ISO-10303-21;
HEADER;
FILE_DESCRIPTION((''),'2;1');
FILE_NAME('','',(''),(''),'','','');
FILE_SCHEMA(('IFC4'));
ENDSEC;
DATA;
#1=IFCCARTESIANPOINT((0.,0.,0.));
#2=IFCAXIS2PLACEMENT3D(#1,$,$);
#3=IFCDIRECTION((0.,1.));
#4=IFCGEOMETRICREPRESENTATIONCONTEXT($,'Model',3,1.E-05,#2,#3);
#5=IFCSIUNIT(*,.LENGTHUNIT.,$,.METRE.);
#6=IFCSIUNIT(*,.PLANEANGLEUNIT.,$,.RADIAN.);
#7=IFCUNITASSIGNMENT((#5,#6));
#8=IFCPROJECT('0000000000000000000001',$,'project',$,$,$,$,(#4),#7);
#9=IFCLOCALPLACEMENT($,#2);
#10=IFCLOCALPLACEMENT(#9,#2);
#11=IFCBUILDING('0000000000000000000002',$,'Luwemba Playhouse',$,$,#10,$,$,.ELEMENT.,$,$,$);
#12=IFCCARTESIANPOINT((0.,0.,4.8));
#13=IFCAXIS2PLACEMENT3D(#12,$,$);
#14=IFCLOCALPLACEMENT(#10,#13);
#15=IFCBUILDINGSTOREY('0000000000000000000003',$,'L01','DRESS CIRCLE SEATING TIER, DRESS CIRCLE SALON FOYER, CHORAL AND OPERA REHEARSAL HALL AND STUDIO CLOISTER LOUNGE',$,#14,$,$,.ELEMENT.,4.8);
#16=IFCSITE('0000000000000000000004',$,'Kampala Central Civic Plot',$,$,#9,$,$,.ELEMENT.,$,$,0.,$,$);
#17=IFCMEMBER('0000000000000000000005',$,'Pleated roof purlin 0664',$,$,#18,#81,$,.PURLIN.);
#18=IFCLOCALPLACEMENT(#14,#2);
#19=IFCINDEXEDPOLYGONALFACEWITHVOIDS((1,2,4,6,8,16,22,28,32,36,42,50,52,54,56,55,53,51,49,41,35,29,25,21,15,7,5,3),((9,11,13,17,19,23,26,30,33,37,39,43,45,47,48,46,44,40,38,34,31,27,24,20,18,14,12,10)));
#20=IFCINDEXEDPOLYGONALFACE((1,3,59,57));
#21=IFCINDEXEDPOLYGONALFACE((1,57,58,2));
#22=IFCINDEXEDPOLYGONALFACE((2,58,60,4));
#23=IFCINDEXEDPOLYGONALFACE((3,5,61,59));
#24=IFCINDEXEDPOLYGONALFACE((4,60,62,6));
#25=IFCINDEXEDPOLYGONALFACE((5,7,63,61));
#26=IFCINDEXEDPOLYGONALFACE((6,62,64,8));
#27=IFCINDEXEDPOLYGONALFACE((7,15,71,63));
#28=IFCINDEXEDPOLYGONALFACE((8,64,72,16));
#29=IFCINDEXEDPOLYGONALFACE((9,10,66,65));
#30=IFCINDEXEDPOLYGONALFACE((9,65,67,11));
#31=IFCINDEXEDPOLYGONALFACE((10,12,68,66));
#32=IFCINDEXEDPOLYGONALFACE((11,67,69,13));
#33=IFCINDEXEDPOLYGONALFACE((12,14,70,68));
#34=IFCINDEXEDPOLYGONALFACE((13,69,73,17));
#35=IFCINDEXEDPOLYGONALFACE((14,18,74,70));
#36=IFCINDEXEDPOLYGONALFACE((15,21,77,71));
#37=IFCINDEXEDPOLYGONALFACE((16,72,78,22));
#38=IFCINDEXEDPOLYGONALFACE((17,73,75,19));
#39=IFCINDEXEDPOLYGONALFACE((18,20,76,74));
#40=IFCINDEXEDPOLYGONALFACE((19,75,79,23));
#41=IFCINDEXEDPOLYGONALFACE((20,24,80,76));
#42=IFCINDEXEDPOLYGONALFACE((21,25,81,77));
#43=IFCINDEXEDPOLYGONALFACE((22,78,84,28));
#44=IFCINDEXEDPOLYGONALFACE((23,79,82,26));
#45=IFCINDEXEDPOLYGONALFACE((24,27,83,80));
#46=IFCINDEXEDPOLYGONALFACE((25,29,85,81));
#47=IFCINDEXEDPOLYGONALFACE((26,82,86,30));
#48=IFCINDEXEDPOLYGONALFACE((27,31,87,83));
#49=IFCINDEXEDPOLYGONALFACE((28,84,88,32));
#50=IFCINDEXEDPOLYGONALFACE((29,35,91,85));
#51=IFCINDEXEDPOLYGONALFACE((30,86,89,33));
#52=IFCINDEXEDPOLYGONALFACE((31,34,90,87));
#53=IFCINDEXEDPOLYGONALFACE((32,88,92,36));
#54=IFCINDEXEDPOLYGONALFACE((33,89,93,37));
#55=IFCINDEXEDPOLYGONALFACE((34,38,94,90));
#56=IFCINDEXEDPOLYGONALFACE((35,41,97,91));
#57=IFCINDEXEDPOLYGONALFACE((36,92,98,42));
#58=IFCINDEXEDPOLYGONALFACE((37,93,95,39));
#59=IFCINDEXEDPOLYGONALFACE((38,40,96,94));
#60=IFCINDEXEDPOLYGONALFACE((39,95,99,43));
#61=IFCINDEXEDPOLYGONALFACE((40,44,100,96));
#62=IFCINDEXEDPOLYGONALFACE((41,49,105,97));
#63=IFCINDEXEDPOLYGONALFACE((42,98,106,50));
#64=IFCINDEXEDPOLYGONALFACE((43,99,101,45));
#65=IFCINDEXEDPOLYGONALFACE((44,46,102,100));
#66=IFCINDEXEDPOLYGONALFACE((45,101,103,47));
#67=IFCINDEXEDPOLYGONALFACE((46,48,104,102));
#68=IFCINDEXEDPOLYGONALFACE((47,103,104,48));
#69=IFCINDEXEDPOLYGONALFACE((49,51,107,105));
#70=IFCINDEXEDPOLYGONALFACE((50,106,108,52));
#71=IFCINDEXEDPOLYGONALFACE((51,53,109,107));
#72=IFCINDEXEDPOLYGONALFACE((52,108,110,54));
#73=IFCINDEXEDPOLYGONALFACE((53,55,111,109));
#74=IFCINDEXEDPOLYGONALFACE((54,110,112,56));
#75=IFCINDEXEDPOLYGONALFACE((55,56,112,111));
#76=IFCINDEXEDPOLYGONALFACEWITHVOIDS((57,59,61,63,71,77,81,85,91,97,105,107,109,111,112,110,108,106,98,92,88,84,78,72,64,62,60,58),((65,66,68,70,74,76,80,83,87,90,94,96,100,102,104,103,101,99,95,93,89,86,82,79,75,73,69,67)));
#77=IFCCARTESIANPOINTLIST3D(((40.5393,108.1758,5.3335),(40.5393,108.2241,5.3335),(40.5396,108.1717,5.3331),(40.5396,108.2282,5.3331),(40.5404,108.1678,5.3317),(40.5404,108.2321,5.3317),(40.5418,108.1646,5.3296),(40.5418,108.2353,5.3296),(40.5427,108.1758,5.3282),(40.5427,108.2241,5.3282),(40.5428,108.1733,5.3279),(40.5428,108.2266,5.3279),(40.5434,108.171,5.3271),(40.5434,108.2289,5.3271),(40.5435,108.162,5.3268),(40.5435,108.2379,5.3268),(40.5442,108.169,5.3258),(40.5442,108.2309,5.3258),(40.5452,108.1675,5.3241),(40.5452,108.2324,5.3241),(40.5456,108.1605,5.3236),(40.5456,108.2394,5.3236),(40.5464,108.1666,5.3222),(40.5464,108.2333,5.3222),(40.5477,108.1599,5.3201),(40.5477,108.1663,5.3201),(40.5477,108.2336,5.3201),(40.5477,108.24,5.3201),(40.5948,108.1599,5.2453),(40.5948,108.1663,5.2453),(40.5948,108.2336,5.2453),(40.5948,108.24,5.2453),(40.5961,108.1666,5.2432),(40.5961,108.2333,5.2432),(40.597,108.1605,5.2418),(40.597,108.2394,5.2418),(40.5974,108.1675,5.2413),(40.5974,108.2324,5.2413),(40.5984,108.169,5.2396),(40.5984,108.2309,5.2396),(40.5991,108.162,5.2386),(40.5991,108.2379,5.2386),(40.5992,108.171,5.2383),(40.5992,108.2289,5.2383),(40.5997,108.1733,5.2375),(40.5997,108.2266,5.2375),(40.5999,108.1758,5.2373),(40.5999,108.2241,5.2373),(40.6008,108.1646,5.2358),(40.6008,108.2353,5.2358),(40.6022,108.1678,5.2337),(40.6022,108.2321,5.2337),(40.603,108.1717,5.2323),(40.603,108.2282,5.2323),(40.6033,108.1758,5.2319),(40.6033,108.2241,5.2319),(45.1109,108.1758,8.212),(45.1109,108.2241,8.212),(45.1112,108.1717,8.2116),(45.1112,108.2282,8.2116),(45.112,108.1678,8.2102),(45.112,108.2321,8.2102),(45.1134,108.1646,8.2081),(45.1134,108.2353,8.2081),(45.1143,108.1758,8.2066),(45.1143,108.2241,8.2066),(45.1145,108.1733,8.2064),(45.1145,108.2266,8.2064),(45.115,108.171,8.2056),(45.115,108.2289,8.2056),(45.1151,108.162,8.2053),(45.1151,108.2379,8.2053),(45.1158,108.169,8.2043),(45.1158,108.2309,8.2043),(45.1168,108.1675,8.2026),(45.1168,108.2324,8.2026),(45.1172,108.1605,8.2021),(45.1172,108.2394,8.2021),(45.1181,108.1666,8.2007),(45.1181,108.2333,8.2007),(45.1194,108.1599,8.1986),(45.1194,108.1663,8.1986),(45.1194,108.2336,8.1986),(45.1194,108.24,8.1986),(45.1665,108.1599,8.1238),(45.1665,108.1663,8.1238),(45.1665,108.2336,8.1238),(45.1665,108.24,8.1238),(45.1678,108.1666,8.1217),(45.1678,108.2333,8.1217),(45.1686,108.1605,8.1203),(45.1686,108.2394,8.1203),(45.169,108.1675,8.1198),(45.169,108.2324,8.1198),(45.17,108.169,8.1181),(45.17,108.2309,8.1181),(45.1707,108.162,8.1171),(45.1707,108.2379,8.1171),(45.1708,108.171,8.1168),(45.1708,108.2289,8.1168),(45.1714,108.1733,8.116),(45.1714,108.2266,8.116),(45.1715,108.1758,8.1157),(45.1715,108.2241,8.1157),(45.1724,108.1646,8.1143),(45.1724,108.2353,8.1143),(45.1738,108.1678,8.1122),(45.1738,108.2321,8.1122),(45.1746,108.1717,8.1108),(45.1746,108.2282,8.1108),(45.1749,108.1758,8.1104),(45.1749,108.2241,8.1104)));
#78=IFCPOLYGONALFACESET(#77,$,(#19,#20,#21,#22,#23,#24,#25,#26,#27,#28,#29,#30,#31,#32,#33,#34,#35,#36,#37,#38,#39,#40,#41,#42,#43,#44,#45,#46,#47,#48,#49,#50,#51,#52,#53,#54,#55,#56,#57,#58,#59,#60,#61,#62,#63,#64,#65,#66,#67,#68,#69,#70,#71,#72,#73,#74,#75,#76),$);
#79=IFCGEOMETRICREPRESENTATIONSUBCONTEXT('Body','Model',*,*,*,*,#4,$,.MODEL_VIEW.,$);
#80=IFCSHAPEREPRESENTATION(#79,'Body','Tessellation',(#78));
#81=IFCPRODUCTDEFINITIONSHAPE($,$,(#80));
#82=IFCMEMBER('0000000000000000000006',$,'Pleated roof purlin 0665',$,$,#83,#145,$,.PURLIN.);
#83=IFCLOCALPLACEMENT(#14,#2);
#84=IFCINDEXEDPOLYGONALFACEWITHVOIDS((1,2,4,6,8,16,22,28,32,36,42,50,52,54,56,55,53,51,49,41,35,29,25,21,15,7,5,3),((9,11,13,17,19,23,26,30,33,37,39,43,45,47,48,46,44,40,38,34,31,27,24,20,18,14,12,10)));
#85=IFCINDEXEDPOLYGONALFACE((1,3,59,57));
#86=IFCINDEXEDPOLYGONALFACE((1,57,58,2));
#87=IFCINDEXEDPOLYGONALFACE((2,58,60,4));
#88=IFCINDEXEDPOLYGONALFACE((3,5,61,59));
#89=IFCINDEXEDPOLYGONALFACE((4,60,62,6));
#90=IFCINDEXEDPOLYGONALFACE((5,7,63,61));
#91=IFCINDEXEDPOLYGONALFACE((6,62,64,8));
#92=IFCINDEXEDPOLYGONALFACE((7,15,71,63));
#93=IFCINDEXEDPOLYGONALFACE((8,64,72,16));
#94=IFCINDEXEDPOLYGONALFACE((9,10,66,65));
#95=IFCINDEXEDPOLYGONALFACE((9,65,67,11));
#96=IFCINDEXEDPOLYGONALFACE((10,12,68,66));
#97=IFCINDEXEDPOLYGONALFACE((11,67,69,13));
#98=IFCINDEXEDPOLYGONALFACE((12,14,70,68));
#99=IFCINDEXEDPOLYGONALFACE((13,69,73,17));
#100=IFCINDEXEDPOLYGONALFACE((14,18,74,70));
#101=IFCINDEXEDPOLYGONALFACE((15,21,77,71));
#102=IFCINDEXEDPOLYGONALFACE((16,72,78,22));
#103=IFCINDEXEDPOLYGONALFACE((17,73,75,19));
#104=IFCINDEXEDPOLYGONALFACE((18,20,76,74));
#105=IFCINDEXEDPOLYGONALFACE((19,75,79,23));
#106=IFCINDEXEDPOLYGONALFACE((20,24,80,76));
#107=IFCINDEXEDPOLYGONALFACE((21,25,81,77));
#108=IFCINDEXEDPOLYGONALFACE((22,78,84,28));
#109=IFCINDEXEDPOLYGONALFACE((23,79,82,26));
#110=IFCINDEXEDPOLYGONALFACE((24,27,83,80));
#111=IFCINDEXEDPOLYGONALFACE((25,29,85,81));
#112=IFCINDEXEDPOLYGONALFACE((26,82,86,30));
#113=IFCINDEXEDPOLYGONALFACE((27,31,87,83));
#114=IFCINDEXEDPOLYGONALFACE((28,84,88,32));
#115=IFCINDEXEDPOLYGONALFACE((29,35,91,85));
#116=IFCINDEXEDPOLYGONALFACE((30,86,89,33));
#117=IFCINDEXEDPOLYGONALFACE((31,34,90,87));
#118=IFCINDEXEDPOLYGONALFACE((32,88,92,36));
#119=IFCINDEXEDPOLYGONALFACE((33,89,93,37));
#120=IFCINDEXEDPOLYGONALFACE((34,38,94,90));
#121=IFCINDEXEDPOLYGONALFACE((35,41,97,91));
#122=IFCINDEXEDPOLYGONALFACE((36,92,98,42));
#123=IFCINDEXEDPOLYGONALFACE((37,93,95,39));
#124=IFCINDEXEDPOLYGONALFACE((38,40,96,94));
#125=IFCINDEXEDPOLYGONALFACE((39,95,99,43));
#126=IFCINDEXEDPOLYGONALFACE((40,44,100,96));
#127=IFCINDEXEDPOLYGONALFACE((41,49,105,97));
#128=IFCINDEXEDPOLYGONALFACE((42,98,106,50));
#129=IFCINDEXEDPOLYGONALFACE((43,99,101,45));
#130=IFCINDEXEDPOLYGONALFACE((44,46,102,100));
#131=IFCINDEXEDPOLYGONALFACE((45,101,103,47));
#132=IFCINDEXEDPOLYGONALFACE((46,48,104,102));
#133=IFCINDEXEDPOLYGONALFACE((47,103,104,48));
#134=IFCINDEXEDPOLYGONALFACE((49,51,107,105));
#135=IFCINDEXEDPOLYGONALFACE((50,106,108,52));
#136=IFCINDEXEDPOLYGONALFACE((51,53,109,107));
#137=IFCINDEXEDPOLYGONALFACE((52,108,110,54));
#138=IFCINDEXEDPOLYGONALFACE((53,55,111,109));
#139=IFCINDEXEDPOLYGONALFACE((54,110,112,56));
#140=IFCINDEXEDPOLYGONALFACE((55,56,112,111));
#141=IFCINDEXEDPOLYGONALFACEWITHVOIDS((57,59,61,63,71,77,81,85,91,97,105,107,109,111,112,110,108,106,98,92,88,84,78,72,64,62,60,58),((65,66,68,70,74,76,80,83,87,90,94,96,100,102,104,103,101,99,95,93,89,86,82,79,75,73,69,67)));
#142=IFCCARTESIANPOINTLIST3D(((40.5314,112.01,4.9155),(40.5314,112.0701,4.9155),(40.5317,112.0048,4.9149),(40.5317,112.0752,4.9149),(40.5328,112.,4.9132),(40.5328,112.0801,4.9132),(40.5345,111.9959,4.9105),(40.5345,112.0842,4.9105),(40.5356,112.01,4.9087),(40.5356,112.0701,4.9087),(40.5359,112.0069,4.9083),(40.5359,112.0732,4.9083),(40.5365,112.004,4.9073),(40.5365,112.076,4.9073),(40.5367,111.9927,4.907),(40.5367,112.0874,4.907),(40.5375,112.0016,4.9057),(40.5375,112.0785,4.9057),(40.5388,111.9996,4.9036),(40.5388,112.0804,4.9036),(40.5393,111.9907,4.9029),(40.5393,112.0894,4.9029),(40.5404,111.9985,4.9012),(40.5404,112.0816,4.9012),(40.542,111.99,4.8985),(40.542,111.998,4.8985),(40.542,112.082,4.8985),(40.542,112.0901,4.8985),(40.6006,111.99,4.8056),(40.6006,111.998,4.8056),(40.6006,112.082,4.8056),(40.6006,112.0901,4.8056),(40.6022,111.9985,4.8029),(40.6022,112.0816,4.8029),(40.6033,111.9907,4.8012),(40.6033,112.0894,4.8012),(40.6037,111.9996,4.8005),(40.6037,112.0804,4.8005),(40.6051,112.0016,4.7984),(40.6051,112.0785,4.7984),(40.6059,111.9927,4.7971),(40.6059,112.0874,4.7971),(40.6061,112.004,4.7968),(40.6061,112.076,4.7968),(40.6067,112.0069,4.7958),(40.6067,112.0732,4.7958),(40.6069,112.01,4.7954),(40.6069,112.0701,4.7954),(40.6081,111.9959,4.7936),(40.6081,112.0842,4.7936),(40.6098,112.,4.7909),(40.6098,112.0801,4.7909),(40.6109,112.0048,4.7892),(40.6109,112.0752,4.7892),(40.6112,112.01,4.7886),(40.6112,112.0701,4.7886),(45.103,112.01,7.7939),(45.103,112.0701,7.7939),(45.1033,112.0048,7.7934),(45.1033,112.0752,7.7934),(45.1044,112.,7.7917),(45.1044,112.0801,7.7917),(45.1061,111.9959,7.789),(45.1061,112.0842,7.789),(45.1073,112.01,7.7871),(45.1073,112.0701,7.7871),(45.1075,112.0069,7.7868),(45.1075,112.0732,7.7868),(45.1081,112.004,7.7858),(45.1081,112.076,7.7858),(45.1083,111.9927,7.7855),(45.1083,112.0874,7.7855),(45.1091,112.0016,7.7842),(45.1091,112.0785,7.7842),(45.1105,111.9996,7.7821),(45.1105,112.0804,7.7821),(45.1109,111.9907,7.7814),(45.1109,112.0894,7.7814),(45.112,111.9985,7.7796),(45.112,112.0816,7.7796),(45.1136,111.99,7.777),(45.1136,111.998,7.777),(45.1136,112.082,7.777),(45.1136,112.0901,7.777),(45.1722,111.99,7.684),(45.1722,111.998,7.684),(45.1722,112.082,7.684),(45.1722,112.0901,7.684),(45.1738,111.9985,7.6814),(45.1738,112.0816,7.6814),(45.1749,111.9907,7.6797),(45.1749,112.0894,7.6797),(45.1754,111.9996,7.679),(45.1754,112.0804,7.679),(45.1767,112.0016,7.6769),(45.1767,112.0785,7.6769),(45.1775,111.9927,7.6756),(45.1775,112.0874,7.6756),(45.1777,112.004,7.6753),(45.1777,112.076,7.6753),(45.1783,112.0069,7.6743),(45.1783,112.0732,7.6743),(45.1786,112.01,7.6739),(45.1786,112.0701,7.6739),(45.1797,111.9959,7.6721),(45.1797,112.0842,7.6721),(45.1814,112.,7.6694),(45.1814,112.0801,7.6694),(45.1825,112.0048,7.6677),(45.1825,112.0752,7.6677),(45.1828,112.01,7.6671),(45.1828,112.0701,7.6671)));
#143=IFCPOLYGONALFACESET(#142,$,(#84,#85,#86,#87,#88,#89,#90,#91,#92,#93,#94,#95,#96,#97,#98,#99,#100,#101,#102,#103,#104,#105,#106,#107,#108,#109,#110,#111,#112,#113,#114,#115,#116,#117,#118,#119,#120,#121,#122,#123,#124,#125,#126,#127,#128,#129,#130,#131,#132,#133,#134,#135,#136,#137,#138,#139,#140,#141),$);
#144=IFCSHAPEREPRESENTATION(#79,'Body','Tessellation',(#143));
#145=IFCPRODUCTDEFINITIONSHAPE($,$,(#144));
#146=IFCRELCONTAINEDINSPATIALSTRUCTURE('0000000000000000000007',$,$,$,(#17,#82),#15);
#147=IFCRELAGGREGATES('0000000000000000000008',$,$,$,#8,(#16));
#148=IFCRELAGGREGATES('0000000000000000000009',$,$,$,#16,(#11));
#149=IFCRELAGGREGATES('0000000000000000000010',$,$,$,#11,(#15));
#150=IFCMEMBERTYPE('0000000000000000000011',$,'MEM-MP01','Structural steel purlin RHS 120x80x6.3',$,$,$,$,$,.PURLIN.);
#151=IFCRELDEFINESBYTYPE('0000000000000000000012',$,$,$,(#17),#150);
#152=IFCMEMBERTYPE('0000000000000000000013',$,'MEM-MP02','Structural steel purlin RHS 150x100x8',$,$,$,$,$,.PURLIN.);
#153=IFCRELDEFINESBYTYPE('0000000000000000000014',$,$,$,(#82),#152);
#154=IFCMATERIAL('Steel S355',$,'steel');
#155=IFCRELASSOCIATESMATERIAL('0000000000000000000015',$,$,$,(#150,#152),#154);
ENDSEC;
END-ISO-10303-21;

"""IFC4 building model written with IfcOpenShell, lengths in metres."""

from ifc_helpers import new_model, si_unit, direction, frame, origin, origin_2d, place, context, subcontext, project, spatial, hollow_rectangle, extrude, material, material_profile, profile_set, type_object, element, save


model = new_model("IFC4")

# Units and contexts
model_context = context("Model", 3, precision=1e-05, world=origin(), true_north=direction((0.0, 1.0)))
body_context = subcontext(model_context, "Body", "Model", "MODEL_VIEW")
ifc_project = project(units=[si_unit("LENGTHUNIT", "METRE"), si_unit("PLANEANGLEUNIT", "RADIAN")], contexts=[model_context])

# Site, building, storey
site_placement = place(None, origin())
site = spatial("IfcSite", under=ifc_project, at=site_placement, Name="Kampala Central Civic Plot", CompositionType="ELEMENT", RefElevation=0.0)
building_placement = place(site_placement, origin())
building = spatial("IfcBuilding", under=site, at=building_placement, Name="Luwemba Playhouse", CompositionType="ELEMENT")
storey_placement = place(building_placement, frame((0.0, 0.0, 4.8)))
storey = spatial("IfcBuildingStorey", under=building, at=storey_placement, Name="L01", Description="DRESS CIRCLE SEATING TIER, DRESS CIRCLE SALON FOYER, CHORAL AND OPERA REHEARSAL HALL AND STUDIO CLOISTER LOUNGE", CompositionType="ELEMENT", Elevation=4.8)

# Shared definitions
ifc_material_1 = material(Name="Steel S355", Category="steel")

# Members
ifc_material_profile_1 = material_profile(ifc_material_1, hollow_rectangle(XDim=0.0801, YDim=0.1201, WallThickness=0.0063, InnerFilletRadius=0.0095, OuterFilletRadius=0.0159, at=origin_2d()))
ifc_profile_set_1 = profile_set([ifc_material_profile_1], Name="Steel S355")
member_type_1 = type_object("IfcMemberType", Name="MEM-MP01", Description="Structural steel purlin RHS 120x80x6.3", PredefinedType="PURLIN", material=ifc_profile_set_1)
member_1_placement = place(storey_placement, frame((40.5713, 108.2, 5.2827), z_axis=(0.846229, 0.0, 0.532819), x_axis=(0.0, 1.0, 0.0)))
element("IfcMember", 1, at=member_1_placement, inside=storey, type_object=member_type_1, Name="Pleated roof purlin 0664", PredefinedType="PURLIN", context=body_context, shape_type="SweptSolid", body=[
    extrude(hollow_rectangle(XDim=0.0801, YDim=0.1201, WallThickness=0.0063, InnerFilletRadius=0.0095, OuterFilletRadius=0.0159, at=origin_2d()), origin(), (0.0, 0.0, 1.0), 5.4023),
])
ifc_material_profile_2 = material_profile(ifc_material_1, hollow_rectangle(XDim=0.1001, YDim=0.1499, WallThickness=0.0081, InnerFilletRadius=0.012, OuterFilletRadius=0.02, at=origin_2d()))
ifc_profile_set_2 = profile_set([ifc_material_profile_2], Name="Steel S355")
member_type_2 = type_object("IfcMemberType", Name="MEM-MP02", Description="Structural steel purlin RHS 150x100x8", PredefinedType="PURLIN", material=ifc_profile_set_2)
member_2_placement = place(storey_placement, frame((40.5713, 112.04, 4.8521), z_axis=(0.846229, 0.0, 0.532819), x_axis=(0.0, 1.0, 0.0)))
element("IfcMember", 2, at=member_2_placement, inside=storey, type_object=member_type_2, Name="Pleated roof purlin 0665", PredefinedType="PURLIN", context=body_context, shape_type="SweptSolid", body=[
    extrude(hollow_rectangle(XDim=0.1001, YDim=0.1499, WallThickness=0.0081, InnerFilletRadius=0.012, OuterFilletRadius=0.02, at=origin_2d()), origin(), (0.0, 0.0, 1.0), 5.4023),
])

save(model, "model.ifc")
